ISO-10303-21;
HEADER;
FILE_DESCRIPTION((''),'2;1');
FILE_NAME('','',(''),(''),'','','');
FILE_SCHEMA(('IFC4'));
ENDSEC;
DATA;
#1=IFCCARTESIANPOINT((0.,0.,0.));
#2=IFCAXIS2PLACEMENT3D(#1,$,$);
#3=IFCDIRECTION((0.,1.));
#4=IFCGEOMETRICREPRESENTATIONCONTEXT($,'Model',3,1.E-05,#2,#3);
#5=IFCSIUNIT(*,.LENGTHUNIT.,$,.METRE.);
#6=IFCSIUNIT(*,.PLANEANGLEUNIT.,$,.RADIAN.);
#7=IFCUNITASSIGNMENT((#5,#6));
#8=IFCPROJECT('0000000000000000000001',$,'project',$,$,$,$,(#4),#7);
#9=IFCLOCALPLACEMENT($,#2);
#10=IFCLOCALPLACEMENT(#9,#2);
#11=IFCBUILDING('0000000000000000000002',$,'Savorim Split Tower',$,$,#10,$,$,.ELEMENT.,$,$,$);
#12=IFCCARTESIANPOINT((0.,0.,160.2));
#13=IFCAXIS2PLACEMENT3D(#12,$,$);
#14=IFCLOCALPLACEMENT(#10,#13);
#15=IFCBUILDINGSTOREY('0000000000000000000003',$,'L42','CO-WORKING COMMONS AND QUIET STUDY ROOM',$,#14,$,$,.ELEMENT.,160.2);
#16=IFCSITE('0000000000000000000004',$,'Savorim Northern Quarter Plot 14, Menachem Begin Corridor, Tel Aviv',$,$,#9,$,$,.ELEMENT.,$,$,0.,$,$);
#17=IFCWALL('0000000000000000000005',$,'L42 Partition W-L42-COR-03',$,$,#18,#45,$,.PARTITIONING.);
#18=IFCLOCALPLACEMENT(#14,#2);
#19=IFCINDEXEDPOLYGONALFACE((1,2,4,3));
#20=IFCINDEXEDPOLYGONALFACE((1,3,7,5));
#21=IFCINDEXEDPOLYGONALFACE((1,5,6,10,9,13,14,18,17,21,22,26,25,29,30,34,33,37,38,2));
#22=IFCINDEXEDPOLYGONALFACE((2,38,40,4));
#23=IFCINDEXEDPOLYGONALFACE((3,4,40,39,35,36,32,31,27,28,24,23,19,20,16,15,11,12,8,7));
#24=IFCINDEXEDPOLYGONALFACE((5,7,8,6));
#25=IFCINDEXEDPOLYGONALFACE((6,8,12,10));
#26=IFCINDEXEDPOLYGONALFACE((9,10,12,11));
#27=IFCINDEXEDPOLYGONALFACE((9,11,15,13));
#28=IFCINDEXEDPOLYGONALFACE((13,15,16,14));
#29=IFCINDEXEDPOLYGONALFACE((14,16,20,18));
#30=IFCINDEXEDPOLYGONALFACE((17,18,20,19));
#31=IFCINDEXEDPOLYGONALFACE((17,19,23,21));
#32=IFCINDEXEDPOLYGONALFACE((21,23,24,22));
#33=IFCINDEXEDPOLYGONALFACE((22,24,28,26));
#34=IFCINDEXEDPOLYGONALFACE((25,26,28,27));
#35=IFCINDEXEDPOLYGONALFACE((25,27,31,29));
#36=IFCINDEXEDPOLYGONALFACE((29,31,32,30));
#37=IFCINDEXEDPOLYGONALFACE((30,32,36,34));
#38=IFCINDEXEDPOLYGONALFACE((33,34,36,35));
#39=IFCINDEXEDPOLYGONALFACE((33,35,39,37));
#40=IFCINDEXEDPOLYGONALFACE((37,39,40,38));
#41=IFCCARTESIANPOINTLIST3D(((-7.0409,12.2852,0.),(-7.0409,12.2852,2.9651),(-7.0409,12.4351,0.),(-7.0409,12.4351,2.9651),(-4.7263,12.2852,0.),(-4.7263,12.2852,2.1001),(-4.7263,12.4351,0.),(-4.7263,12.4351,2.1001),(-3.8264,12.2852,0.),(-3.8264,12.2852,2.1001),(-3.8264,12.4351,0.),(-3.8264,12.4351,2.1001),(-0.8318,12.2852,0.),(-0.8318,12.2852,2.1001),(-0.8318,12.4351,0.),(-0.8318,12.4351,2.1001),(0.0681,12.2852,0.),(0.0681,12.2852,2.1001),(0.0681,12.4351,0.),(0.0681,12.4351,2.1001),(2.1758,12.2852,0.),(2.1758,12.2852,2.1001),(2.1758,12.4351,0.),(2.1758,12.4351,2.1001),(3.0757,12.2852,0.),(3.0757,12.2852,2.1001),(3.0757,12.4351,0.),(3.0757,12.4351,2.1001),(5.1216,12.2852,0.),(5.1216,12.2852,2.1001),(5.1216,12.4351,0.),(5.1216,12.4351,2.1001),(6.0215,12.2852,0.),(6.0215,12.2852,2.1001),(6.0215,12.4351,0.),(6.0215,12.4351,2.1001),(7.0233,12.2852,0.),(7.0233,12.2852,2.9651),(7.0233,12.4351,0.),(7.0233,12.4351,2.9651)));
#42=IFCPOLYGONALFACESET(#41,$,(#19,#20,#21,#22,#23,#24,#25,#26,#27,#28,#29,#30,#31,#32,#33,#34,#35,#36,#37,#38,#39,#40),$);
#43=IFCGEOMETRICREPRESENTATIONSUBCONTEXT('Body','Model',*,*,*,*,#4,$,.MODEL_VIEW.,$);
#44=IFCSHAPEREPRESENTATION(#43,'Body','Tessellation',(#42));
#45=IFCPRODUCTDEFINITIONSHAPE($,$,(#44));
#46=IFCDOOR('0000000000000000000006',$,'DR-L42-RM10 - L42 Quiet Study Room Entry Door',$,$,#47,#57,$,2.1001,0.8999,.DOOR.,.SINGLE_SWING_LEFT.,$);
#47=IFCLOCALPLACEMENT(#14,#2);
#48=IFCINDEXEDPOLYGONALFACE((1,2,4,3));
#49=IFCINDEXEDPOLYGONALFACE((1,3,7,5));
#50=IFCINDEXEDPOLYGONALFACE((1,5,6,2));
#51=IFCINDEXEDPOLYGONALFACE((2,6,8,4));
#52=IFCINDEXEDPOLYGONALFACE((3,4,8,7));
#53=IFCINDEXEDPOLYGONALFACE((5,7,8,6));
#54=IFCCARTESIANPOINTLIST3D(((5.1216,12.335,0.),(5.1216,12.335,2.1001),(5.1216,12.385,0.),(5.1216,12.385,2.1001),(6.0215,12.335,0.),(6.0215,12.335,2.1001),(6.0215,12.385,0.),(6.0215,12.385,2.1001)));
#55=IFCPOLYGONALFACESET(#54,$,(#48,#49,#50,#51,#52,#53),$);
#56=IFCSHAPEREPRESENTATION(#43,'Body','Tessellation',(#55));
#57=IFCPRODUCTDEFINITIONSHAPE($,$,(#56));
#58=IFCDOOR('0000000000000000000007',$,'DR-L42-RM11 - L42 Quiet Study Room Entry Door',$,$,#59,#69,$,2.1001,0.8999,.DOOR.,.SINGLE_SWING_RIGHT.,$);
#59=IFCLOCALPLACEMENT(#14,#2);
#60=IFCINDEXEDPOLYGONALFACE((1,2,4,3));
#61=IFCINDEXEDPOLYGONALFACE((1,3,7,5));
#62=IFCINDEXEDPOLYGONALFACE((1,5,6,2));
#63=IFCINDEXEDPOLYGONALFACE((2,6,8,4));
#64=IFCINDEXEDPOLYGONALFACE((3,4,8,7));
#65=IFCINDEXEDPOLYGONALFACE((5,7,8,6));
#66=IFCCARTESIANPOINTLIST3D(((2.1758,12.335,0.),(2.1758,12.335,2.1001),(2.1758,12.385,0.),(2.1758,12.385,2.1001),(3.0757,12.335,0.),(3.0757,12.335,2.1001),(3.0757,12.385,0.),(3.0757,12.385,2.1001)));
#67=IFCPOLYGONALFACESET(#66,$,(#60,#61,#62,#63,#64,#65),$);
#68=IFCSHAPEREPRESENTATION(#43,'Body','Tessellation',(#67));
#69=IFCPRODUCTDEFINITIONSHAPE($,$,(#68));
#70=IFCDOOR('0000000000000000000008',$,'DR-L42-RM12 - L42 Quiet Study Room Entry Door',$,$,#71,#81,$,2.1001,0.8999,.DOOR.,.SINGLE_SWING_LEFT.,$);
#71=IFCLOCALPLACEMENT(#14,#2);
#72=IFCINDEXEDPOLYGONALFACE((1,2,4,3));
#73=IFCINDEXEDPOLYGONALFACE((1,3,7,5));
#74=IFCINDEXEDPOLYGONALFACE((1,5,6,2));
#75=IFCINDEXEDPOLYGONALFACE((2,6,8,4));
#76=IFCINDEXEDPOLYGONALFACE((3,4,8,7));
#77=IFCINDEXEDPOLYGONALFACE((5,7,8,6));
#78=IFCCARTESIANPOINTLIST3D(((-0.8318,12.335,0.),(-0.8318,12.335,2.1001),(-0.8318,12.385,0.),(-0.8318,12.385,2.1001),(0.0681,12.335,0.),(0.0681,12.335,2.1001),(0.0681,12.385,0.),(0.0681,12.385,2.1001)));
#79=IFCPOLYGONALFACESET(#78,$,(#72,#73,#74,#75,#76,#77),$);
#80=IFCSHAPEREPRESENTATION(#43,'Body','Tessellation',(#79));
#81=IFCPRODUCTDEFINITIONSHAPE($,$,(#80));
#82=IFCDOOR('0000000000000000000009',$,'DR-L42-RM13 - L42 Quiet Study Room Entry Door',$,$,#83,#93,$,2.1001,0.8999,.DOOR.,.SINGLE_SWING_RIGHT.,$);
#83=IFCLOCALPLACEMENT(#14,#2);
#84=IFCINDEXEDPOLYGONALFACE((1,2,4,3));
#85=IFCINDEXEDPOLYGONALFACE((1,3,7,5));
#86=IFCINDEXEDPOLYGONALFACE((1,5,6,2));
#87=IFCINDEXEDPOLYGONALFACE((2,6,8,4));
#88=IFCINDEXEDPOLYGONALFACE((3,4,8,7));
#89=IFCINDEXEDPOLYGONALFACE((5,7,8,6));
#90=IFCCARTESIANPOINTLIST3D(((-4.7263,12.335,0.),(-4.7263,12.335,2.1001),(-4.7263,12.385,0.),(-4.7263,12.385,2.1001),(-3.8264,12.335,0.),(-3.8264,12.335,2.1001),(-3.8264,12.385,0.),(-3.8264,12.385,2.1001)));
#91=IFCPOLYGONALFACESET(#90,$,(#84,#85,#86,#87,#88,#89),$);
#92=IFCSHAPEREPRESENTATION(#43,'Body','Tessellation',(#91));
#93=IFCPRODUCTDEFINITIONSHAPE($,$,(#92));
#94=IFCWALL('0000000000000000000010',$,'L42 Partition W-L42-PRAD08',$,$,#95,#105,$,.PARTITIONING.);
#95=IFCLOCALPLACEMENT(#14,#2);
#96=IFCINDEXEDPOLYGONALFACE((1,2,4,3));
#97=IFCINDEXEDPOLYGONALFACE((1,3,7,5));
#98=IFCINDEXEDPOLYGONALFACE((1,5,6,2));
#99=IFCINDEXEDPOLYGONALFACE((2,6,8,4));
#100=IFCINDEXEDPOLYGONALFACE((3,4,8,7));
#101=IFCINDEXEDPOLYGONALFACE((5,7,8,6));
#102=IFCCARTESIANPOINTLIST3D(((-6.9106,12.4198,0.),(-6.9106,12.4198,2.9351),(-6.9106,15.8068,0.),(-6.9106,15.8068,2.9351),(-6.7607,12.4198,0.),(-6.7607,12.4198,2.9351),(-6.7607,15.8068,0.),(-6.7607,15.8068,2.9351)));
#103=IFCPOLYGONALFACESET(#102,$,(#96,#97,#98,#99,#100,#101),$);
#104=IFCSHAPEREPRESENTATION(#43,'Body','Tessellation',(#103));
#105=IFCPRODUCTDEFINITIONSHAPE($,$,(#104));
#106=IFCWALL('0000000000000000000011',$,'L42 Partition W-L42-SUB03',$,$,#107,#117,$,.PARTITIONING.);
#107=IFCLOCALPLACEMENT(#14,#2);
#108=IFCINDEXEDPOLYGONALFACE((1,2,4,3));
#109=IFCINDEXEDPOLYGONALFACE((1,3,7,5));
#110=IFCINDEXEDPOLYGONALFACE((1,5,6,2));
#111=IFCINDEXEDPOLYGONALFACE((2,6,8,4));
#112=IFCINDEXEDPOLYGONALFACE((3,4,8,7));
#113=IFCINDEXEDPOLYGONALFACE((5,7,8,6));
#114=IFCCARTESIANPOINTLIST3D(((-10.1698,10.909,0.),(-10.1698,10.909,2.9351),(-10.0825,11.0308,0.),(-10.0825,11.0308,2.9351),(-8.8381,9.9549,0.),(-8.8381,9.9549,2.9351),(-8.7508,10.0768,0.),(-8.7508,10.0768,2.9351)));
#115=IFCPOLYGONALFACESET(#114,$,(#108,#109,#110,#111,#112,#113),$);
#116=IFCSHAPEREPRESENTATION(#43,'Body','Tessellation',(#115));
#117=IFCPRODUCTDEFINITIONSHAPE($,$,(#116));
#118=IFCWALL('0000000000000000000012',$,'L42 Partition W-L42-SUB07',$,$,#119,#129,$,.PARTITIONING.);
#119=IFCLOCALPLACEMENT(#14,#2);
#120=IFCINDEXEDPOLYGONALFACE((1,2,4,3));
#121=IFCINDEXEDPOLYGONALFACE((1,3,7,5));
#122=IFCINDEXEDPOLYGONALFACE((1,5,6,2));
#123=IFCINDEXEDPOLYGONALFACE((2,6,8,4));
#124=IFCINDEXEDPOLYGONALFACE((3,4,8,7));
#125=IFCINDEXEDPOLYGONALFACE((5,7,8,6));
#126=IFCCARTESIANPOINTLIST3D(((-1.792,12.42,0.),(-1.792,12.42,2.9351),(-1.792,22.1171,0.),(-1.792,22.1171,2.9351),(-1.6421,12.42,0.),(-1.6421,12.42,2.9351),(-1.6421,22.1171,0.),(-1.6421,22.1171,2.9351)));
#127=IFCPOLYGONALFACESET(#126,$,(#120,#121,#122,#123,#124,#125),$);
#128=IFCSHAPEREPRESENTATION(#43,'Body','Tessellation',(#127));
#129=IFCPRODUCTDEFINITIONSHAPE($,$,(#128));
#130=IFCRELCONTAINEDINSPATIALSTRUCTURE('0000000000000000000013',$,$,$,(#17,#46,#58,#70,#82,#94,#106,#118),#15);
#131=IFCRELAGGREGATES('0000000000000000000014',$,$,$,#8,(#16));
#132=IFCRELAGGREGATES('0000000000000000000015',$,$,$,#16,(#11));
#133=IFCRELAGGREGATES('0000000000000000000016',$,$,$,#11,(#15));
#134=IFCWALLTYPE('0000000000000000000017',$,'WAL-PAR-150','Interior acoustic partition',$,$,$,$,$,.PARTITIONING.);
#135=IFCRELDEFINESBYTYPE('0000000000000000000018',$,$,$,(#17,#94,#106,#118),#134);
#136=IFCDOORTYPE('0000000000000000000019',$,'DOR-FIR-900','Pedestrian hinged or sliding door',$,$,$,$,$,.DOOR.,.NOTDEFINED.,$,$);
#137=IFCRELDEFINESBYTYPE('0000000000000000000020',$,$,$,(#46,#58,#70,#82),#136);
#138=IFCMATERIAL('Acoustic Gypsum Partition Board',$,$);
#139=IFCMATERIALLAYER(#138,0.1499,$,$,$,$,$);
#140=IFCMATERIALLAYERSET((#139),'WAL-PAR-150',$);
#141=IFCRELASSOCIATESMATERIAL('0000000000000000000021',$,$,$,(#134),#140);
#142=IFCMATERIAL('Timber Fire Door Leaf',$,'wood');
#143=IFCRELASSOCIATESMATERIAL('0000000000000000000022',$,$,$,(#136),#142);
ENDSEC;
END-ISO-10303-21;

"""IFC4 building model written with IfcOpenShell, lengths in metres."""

from ifc_helpers import new_model, si_unit, direction, frame, frame_2d, origin, place, context, subcontext, project, spatial, rectangle, extrude, material, layer, layer_set, type_object, element, fill, save


model = new_model("IFC4")

# Units and contexts
model_context = context("Model", 3, precision=1e-05, world=origin(), true_north=direction((0.0, 1.0)))
body_context = subcontext(model_context, "Body", "Model", "MODEL_VIEW")
ifc_project = project(units=[si_unit("LENGTHUNIT", "METRE"), si_unit("PLANEANGLEUNIT", "RADIAN")], contexts=[model_context])

# Site, building, storey
site_placement = place(None, origin())
site = spatial("IfcSite", under=ifc_project, at=site_placement, Name="Savorim Northern Quarter Plot 14, Menachem Begin Corridor, Tel Aviv", CompositionType="ELEMENT", RefElevation=0.0)
building_placement = place(site_placement, origin())
building = spatial("IfcBuilding", under=site, at=building_placement, Name="Savorim Split Tower", CompositionType="ELEMENT")
storey_placement = place(building_placement, frame((0.0, 0.0, 160.2)))
storey = spatial("IfcBuildingStorey", under=building, at=storey_placement, Name="L42", Description="CO-WORKING COMMONS AND QUIET STUDY ROOM", CompositionType="ELEMENT", Elevation=160.2)

# Shared definitions
ifc_material_1 = material(Name="Acoustic Gypsum Partition Board")
ifc_layer_1 = layer(ifc_material_1, 0.1499)
ifc_layer_set_1 = layer_set([ifc_layer_1], Name="WAL-PAR-150")
wall_type_1 = type_object("IfcWallType", Name="WAL-PAR-150", Description="Interior acoustic partition", PredefinedType="PARTITIONING", material=ifc_layer_set_1)

# Shared definitions
ifc_material_2 = material(Name="Timber Fire Door Leaf", Category="wood")
door_type_1 = type_object("IfcDoorType", Name="DOR-FIR-900", Description="Pedestrian hinged or sliding door", OperationType="NOTDEFINED", PredefinedType="DOOR", material=ifc_material_2)

# Wall, openings, doors
wall_1_placement = place(storey_placement, frame((-7.041, 12.3601, 0.0), z_axis=(0.0, 0.0, 1.0), x_axis=(1.0, 0.0, 0.0)))
wall_1 = element("IfcWall", 1, at=wall_1_placement, inside=storey, type_object=wall_type_1, Name="L42 Partition W-L42-COR-03", PredefinedType="PARTITIONING", context=body_context, shape_type="SweptSolid", body=[
    extrude(rectangle(XDim=14.0642, YDim=0.1499, at=frame_2d((7.0322, 0.0))), origin(), (0.0, 0.0, 1.0), 2.9651),
])
opening_1_placement = place(wall_1_placement, frame((12.1626, 0.0, 0.0)))
opening_1 = element("IfcOpeningElement", 2, at=opening_1_placement, cuts=wall_1, PredefinedType="OPENING", context=body_context, shape_type="SweptSolid", body=[
    extrude(rectangle(XDim=0.8999, YDim=2.1001, at=frame_2d((0.45, 1.05))), frame((0.0, 0.085, 0.0), z_axis=(0.0, -1.0, 0.0), x_axis=(1.0, 0.0, 0.0)), (0.0, 0.0, 1.0), 0.1699),
])
opening_2_placement = place(wall_1_placement, frame((9.2168, 0.0, 0.0)))
opening_2 = element("IfcOpeningElement", 3, at=opening_2_placement, cuts=wall_1, PredefinedType="OPENING", context=body_context, shape_type="SweptSolid", body=[
    extrude(rectangle(XDim=0.8999, YDim=2.1001, at=frame_2d((0.45, 1.05))), frame((0.0, 0.085, 0.0), z_axis=(0.0, -1.0, 0.0), x_axis=(1.0, 0.0, 0.0)), (0.0, 0.0, 1.0), 0.1699),
])
opening_3_placement = place(wall_1_placement, frame((6.2092, 0.0, 0.0)))
opening_3 = element("IfcOpeningElement", 4, at=opening_3_placement, cuts=wall_1, PredefinedType="OPENING", context=body_context, shape_type="SweptSolid", body=[
    extrude(rectangle(XDim=0.8999, YDim=2.1001, at=frame_2d((0.45, 1.05))), frame((0.0, 0.085, 0.0), z_axis=(0.0, -1.0, 0.0), x_axis=(1.0, 0.0, 0.0)), (0.0, 0.0, 1.0), 0.1699),
])
opening_4_placement = place(wall_1_placement, frame((2.3147, 0.0, 0.0)))
opening_4 = element("IfcOpeningElement", 5, at=opening_4_placement, cuts=wall_1, PredefinedType="OPENING", context=body_context, shape_type="SweptSolid", body=[
    extrude(rectangle(XDim=0.8999, YDim=2.1001, at=frame_2d((0.45, 1.05))), frame((0.0, 0.085, 0.0), z_axis=(0.0, -1.0, 0.0), x_axis=(1.0, 0.0, 0.0)), (0.0, 0.0, 1.0), 0.1699),
])
door_1_placement = place(opening_1_placement, origin())
door_1 = element("IfcDoor", 6, at=door_1_placement, inside=storey, type_object=door_type_1, Name="DR-L42-RM10 - L42 Quiet Study Room Entry Door", OperationType="SINGLE_SWING_LEFT", OverallHeight=2.1001, OverallWidth=0.8999, PredefinedType="DOOR", context=body_context, shape_type="SweptSolid", body=[
    extrude(rectangle(XDim=0.8999, YDim=2.1001, at=frame_2d((0.45, 1.05))), frame((0.0, 0.0249, 0.0), z_axis=(0.0, -1.0, 0.0), x_axis=(1.0, 0.0, 0.0)), (0.0, 0.0, 1.0), 0.05),
])
fill(opening_1, door_1)
door_2_placement = place(opening_2_placement, origin())
door_2 = element("IfcDoor", 7, at=door_2_placement, inside=storey, type_object=door_type_1, Name="DR-L42-RM11 - L42 Quiet Study Room Entry Door", OperationType="SINGLE_SWING_RIGHT", OverallHeight=2.1001, OverallWidth=0.8999, PredefinedType="DOOR", context=body_context, shape_type="SweptSolid", body=[
    extrude(rectangle(XDim=0.8999, YDim=2.1001, at=frame_2d((0.45, 1.05))), frame((0.0, 0.0249, 0.0), z_axis=(0.0, -1.0, 0.0), x_axis=(1.0, 0.0, 0.0)), (0.0, 0.0, 1.0), 0.05),
])
fill(opening_2, door_2)
door_3_placement = place(opening_3_placement, origin())
door_3 = element("IfcDoor", 8, at=door_3_placement, inside=storey, type_object=door_type_1, Name="DR-L42-RM12 - L42 Quiet Study Room Entry Door", OperationType="SINGLE_SWING_LEFT", OverallHeight=2.1001, OverallWidth=0.8999, PredefinedType="DOOR", context=body_context, shape_type="SweptSolid", body=[
    extrude(rectangle(XDim=0.8999, YDim=2.1001, at=frame_2d((0.45, 1.05))), frame((0.0, 0.0249, 0.0), z_axis=(0.0, -1.0, 0.0), x_axis=(1.0, 0.0, 0.0)), (0.0, 0.0, 1.0), 0.05),
])
fill(opening_3, door_3)
door_4_placement = place(opening_4_placement, origin())
door_4 = element("IfcDoor", 9, at=door_4_placement, inside=storey, type_object=door_type_1, Name="DR-L42-RM13 - L42 Quiet Study Room Entry Door", OperationType="SINGLE_SWING_RIGHT", OverallHeight=2.1001, OverallWidth=0.8999, PredefinedType="DOOR", context=body_context, shape_type="SweptSolid", body=[
    extrude(rectangle(XDim=0.8999, YDim=2.1001, at=frame_2d((0.45, 1.05))), frame((0.0, 0.0249, 0.0), z_axis=(0.0, -1.0, 0.0), x_axis=(1.0, 0.0, 0.0)), (0.0, 0.0, 1.0), 0.05),
])
fill(opening_4, door_4)

# Walls
wall_2_placement = place(storey_placement, frame((-6.8357, 12.4199, 0.0), z_axis=(0.0, 0.0, 1.0), x_axis=(0.0, 1.0, 0.0)))
element("IfcWall", 10, at=wall_2_placement, inside=storey, type_object=wall_type_1, Name="L42 Partition W-L42-PRAD08", PredefinedType="PARTITIONING", context=body_context, shape_type="SweptSolid", body=[
    extrude(rectangle(XDim=3.387, YDim=0.1499, at=frame_2d((1.6934, 0.0))), origin(), (0.0, 0.0, 1.0), 2.9351),
])
wall_3_placement = place(storey_placement, frame((-8.7944, 10.0159, 0.0), z_axis=(0.0, 0.0, 1.0), x_axis=(-0.812917, 0.582379, 0.0)))
element("IfcWall", 11, at=wall_3_placement, inside=storey, type_object=wall_type_1, Name="L42 Partition W-L42-SUB03", PredefinedType="PARTITIONING", context=body_context, shape_type="SweptSolid", body=[
    extrude(rectangle(XDim=1.6382, YDim=0.1499, at=frame_2d((0.8191, 0.0))), origin(), (0.0, 0.0, 1.0), 2.9351),
])
wall_4_placement = place(storey_placement, frame((-1.717, 12.4199, 0.0), z_axis=(0.0, 0.0, 1.0), x_axis=(0.0, 1.0, 0.0)))
element("IfcWall", 12, at=wall_4_placement, inside=storey, type_object=wall_type_1, Name="L42 Partition W-L42-SUB07", PredefinedType="PARTITIONING", context=body_context, shape_type="SweptSolid", body=[
    extrude(rectangle(XDim=9.697, YDim=0.1499, at=frame_2d((4.8486, 0.0))), origin(), (0.0, 0.0, 1.0), 2.9351),
])

save(model, "model.ifc")
